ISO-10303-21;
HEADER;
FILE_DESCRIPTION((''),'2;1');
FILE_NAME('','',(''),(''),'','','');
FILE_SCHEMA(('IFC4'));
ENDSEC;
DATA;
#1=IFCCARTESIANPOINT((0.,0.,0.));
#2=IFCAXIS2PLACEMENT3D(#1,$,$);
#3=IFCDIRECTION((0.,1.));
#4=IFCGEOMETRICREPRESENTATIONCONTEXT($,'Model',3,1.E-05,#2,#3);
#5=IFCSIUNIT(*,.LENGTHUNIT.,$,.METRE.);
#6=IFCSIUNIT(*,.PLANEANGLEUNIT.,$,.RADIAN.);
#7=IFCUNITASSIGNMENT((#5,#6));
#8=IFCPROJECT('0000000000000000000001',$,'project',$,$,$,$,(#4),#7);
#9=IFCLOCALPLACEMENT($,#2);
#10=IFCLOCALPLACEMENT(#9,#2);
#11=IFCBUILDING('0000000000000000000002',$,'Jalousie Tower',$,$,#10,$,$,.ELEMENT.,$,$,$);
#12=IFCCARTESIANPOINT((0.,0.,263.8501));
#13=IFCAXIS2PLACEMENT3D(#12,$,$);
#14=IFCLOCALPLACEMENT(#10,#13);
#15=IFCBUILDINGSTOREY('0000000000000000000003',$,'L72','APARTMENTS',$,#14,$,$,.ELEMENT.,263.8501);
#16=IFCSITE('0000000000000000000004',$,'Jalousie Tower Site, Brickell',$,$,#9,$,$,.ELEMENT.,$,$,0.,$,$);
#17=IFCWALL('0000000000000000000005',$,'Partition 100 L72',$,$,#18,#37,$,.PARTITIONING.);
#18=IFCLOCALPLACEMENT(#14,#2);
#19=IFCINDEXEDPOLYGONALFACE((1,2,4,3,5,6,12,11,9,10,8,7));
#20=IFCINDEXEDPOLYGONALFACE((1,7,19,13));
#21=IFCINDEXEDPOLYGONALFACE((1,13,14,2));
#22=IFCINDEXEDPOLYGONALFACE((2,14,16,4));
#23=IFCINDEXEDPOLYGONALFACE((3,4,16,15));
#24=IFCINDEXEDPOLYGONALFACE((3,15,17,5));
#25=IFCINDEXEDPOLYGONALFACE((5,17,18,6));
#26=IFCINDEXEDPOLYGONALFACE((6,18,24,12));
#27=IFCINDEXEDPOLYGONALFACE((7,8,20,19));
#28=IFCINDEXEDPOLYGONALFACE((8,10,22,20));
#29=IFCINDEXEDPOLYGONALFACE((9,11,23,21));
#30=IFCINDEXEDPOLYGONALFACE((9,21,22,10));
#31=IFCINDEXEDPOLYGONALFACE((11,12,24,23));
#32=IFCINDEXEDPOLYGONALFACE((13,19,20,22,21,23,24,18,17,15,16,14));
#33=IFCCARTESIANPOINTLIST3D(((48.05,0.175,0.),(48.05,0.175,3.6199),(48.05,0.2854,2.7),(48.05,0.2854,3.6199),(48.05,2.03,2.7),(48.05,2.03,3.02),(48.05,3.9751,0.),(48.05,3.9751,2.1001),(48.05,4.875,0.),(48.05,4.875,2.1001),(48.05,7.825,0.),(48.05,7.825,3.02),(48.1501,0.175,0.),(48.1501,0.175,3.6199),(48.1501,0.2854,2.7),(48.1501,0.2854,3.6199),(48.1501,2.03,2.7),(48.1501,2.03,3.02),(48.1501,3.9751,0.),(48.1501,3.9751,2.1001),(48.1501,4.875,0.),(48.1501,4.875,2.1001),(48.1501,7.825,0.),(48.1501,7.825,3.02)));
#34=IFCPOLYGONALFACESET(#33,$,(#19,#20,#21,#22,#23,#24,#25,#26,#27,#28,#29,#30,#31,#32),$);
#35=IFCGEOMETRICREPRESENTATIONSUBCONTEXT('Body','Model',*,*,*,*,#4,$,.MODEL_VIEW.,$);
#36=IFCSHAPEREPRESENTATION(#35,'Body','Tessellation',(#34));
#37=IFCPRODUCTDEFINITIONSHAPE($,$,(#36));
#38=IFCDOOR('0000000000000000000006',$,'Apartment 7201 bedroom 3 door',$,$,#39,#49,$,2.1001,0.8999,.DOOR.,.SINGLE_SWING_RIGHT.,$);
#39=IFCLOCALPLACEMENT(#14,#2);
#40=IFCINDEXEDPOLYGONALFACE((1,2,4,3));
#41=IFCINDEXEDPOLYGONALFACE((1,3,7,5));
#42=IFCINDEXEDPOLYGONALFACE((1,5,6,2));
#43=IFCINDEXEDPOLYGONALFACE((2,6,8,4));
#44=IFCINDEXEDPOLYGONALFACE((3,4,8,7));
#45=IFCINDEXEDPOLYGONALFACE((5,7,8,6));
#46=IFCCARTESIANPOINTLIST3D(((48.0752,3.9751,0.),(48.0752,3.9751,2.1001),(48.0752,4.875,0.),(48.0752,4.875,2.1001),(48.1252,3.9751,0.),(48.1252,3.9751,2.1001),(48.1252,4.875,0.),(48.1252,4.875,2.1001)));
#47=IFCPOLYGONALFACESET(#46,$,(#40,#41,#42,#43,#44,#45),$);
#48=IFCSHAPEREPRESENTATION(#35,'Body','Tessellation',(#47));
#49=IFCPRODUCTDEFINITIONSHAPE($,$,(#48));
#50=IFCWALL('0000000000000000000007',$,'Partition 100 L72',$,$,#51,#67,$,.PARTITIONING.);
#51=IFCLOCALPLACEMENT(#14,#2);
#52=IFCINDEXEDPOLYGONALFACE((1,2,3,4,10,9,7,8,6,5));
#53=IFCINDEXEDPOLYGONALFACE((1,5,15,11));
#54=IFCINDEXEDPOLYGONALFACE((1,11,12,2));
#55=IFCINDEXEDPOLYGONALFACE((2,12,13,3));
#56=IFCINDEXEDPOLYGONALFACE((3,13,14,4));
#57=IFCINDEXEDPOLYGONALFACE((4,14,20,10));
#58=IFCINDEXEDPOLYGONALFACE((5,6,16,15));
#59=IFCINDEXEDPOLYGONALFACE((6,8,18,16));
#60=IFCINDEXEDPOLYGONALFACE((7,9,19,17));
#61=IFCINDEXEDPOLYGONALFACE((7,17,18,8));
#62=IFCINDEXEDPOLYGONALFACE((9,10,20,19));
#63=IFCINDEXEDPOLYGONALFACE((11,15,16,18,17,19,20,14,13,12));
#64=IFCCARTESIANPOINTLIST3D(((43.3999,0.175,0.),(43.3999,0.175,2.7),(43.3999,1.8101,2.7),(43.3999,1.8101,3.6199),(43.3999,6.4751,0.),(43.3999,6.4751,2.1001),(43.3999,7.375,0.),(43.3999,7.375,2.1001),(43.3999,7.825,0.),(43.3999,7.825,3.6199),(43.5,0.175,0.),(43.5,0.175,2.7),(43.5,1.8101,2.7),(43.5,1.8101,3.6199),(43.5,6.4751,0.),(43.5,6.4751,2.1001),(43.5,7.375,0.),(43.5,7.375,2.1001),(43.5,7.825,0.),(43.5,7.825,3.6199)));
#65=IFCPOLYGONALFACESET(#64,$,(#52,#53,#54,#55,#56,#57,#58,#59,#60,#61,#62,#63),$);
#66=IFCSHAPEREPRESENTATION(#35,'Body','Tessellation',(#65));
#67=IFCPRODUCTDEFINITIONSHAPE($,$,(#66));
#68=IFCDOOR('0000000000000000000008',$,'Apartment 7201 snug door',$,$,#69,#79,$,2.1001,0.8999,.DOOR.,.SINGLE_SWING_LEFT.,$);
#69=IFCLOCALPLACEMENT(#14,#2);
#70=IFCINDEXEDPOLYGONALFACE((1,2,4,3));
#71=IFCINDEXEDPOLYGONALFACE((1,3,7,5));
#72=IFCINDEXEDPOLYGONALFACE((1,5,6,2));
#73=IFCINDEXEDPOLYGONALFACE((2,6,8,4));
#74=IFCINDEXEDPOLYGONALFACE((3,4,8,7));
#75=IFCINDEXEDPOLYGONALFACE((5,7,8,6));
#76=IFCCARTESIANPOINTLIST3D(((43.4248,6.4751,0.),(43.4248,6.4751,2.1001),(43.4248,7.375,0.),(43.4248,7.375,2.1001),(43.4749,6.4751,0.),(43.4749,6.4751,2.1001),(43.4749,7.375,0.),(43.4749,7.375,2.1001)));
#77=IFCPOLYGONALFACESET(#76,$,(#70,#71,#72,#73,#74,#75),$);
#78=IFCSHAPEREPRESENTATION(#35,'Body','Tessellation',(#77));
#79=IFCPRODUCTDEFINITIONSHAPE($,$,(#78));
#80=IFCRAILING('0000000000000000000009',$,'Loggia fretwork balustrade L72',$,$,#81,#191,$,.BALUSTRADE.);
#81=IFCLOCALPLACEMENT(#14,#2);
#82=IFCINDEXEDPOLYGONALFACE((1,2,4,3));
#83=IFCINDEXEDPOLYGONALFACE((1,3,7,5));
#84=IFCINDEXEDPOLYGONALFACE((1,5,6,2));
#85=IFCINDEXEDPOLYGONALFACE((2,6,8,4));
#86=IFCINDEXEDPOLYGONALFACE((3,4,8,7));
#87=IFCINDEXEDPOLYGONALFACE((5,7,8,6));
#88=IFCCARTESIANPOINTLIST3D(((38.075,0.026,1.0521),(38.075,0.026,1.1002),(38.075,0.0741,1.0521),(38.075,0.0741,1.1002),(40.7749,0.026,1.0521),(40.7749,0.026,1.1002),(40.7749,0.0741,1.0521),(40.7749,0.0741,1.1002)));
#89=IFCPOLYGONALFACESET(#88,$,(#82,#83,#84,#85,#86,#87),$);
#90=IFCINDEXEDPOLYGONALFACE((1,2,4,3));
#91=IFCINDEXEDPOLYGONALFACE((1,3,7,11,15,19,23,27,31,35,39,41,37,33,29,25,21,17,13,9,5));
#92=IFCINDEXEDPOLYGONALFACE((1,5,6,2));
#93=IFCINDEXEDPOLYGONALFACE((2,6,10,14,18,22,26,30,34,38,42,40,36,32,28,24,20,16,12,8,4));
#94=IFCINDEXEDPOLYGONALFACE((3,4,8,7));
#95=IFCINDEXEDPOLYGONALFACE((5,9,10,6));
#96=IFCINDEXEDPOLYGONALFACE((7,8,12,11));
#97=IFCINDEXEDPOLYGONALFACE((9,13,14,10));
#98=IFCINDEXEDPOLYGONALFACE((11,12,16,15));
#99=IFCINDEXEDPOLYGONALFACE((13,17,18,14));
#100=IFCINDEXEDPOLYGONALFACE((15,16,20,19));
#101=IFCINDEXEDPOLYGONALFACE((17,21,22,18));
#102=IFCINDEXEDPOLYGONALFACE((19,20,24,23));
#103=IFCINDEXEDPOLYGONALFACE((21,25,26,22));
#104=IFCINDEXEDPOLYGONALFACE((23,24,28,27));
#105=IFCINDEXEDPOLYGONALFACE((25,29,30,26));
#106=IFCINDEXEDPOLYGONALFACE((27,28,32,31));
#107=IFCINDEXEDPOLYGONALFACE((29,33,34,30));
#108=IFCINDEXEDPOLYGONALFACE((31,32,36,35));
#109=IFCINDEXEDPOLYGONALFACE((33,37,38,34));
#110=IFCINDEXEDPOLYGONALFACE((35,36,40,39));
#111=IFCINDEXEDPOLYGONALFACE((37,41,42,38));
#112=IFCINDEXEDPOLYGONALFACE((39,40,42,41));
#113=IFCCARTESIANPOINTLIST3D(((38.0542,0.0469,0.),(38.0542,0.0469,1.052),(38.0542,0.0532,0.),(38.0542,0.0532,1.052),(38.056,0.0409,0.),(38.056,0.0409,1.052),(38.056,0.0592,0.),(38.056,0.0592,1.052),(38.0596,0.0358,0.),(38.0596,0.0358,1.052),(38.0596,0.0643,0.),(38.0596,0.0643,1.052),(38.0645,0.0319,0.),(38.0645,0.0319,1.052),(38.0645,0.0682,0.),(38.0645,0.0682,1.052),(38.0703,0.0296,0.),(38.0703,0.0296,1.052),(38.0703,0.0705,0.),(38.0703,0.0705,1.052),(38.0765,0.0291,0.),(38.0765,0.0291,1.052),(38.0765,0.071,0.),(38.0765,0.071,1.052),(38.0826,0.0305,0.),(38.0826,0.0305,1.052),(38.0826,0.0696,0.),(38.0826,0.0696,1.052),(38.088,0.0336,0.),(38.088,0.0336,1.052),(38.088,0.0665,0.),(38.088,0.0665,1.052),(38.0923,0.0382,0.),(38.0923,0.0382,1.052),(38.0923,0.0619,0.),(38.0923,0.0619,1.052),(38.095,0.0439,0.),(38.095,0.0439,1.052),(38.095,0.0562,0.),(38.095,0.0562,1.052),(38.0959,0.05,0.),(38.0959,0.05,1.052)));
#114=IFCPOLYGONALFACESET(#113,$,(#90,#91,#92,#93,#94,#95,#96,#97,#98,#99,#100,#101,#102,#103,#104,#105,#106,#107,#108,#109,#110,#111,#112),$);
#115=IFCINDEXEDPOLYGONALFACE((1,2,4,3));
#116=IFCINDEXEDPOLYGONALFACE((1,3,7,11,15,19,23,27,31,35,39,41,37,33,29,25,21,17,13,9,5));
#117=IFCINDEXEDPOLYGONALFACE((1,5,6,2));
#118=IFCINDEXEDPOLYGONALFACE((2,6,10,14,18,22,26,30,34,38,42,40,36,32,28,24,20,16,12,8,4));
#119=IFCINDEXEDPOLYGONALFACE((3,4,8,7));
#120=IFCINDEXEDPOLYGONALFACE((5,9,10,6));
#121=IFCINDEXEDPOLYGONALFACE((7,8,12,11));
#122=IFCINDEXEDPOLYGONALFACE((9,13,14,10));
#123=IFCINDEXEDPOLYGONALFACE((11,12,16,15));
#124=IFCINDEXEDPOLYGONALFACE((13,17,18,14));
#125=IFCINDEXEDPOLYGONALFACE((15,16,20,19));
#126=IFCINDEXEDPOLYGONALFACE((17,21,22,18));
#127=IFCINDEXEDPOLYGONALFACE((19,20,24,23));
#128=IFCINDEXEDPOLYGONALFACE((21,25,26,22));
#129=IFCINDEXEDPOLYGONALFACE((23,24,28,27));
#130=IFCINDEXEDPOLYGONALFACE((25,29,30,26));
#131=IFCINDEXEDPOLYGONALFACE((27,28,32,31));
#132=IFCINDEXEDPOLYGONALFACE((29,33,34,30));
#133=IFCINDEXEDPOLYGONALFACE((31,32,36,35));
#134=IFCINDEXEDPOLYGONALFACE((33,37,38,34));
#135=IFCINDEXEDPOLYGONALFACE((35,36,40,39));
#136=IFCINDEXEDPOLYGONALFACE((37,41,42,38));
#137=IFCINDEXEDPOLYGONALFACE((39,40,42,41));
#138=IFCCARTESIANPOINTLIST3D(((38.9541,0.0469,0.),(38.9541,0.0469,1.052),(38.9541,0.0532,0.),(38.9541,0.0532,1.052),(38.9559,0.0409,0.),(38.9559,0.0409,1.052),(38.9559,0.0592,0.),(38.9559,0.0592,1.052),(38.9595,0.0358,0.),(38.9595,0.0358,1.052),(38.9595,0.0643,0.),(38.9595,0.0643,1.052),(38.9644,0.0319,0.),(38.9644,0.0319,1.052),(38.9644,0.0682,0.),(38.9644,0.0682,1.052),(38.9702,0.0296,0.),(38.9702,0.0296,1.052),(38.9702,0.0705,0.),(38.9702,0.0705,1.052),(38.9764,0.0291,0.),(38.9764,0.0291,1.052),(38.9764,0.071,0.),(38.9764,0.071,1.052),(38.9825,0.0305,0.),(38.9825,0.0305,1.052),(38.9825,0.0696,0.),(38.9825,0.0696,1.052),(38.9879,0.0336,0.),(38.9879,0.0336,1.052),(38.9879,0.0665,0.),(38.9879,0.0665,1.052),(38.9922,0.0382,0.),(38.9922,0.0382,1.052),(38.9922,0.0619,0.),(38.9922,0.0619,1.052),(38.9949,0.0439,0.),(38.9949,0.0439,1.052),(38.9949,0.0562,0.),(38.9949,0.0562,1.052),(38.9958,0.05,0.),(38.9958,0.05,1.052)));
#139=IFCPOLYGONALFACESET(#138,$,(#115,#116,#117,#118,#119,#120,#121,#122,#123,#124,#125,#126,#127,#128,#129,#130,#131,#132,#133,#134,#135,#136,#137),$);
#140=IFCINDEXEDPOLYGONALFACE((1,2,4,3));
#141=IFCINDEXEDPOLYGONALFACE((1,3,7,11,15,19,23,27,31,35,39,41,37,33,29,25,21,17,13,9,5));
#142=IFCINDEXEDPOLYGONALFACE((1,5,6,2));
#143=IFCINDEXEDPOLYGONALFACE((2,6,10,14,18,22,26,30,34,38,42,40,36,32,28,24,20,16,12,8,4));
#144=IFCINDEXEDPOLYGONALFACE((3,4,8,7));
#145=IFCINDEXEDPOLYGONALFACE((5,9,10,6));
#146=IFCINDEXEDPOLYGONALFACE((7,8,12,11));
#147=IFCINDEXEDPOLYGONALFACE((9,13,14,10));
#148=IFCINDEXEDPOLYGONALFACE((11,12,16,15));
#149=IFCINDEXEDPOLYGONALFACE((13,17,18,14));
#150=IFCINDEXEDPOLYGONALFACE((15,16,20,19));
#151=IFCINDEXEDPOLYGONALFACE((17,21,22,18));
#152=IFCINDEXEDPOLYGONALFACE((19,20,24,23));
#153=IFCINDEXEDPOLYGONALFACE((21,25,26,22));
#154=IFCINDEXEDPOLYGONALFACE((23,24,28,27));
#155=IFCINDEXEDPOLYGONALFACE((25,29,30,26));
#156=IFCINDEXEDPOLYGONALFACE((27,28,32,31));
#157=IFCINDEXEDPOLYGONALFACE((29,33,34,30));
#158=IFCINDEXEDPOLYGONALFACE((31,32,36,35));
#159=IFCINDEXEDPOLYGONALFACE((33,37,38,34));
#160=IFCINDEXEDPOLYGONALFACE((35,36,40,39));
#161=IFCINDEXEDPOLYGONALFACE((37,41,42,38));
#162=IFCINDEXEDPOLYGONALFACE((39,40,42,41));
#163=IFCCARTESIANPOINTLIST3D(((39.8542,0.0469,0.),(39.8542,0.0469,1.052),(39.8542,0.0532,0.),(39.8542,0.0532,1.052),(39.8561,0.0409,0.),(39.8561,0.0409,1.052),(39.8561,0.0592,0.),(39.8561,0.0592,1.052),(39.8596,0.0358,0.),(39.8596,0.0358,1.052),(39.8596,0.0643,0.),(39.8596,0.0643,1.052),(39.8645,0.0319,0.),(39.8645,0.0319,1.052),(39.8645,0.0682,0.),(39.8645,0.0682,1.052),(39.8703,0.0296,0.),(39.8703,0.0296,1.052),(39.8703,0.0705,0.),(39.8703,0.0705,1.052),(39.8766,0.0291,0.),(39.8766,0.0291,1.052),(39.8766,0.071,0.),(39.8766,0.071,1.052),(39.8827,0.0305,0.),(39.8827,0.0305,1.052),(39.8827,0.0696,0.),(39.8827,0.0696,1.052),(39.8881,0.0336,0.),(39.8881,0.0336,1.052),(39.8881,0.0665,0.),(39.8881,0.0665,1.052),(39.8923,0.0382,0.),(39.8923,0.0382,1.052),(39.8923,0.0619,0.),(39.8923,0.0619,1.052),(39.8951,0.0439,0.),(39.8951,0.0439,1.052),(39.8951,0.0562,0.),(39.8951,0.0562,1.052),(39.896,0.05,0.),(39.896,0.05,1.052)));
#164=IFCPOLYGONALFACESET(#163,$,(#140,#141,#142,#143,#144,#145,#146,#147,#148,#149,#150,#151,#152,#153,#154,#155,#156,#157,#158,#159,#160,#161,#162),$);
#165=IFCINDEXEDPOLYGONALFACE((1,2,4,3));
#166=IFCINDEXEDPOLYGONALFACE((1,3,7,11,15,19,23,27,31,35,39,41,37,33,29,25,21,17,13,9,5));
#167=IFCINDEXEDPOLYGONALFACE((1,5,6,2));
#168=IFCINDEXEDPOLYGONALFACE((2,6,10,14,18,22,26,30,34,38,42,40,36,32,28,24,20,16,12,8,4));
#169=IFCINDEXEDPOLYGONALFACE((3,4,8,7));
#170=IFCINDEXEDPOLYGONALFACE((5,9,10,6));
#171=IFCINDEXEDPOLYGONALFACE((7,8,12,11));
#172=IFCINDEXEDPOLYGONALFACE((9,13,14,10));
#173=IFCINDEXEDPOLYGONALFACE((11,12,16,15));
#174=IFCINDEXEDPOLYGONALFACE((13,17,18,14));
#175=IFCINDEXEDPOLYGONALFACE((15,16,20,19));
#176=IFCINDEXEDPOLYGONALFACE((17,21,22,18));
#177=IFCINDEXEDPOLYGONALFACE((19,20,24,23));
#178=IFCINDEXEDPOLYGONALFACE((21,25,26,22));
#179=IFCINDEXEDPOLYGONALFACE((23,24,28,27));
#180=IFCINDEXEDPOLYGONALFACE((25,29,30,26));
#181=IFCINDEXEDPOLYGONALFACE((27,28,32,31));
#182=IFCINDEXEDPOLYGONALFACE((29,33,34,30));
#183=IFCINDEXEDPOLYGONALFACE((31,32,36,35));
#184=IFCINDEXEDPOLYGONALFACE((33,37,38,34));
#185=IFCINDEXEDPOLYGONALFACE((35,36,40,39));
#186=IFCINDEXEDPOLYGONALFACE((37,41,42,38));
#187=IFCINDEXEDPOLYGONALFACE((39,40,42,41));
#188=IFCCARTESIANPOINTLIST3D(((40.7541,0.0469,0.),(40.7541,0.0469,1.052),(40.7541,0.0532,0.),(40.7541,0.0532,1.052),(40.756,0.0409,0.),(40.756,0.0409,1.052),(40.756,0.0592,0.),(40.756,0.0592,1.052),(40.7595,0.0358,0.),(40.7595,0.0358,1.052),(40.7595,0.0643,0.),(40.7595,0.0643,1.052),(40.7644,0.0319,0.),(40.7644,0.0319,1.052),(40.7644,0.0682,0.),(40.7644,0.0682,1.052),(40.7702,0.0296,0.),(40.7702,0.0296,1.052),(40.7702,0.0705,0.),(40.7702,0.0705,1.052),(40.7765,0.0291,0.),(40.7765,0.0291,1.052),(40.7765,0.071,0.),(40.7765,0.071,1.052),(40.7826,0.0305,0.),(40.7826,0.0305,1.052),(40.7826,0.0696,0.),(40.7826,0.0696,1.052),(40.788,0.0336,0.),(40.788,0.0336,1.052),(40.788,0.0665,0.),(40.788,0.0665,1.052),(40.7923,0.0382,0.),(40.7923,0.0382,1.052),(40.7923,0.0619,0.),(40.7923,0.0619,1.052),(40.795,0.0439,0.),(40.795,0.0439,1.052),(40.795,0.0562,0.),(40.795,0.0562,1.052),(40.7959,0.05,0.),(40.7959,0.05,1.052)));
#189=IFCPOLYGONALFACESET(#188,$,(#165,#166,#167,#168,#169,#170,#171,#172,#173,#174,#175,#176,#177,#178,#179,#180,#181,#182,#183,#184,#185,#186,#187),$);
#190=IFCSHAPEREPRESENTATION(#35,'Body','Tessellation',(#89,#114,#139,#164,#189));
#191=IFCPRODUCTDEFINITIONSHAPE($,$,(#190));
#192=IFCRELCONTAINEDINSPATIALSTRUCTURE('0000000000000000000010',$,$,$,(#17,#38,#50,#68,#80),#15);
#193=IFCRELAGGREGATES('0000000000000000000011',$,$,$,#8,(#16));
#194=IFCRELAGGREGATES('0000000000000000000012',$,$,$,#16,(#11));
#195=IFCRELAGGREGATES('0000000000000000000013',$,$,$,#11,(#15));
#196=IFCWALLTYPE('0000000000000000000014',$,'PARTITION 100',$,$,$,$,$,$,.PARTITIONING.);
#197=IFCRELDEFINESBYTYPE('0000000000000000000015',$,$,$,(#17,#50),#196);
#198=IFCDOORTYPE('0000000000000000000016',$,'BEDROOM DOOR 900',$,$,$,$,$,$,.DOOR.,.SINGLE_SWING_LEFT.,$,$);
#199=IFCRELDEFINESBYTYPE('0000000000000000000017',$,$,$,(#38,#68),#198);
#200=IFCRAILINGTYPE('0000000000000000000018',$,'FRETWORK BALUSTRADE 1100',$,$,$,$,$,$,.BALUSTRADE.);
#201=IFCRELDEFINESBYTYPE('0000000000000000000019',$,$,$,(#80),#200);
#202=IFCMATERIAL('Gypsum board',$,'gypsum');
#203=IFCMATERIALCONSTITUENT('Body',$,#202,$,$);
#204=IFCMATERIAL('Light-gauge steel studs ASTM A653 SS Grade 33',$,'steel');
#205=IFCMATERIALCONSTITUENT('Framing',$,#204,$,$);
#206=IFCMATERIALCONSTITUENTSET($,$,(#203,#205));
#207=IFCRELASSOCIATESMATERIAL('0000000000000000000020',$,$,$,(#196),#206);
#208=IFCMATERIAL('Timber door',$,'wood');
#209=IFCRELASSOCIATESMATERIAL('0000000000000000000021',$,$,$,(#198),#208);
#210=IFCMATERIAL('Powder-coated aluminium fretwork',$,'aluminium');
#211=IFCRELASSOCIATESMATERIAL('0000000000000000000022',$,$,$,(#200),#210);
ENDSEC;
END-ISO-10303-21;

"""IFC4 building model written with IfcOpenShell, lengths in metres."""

from ifc_helpers import new_model, si_unit, direction, frame, frame_2d, origin, origin_2d, place, context, subcontext, project, spatial, polyline, rectangle, circle, outline, extrude, material, constituent, constituent_set, type_object, element, fill, save


model = new_model("IFC4")

# Units and contexts
model_context = context("Model", 3, precision=1e-05, world=origin(), true_north=direction((0.0, 1.0)))
body_context = subcontext(model_context, "Body", "Model", "MODEL_VIEW")
ifc_project = project(units=[si_unit("LENGTHUNIT", "METRE"), si_unit("PLANEANGLEUNIT", "RADIAN")], contexts=[model_context])

# Site, building, storey
site_placement = place(None, origin())
site = spatial("IfcSite", under=ifc_project, at=site_placement, Name="Jalousie Tower Site, Brickell", CompositionType="ELEMENT", RefElevation=0.0)
building_placement = place(site_placement, origin())
building = spatial("IfcBuilding", under=site, at=building_placement, Name="Jalousie Tower", CompositionType="ELEMENT")
storey_placement = place(building_placement, frame((0.0, 0.0, 263.8501)))
storey = spatial("IfcBuildingStorey", under=building, at=storey_placement, Name="L72", Description="APARTMENTS", CompositionType="ELEMENT", Elevation=263.8501)

# Walls, openings, doors
ifc_material_1 = material(Name="Gypsum board", Category="gypsum")
ifc_constituent_1 = constituent(ifc_material_1, Name="Body")
ifc_material_2 = material(Name="Light-gauge steel studs ASTM A653 SS Grade 33", Category="steel")
ifc_constituent_2 = constituent(ifc_material_2, Name="Framing")
ifc_constituent_set_1 = constituent_set(constituents=[ifc_constituent_1, ifc_constituent_2])
wall_type_1 = type_object("IfcWallType", Name="PARTITION 100", PredefinedType="PARTITIONING", material=ifc_constituent_set_1)
wall_1_placement = place(storey_placement, frame((48.1001, 0.175, 0.0), z_axis=(0.0, 0.0, 1.0), x_axis=(0.0, 1.0, 0.0)))
wall_1 = element("IfcWall", 1, at=wall_1_placement, inside=storey, type_object=wall_type_1, Name="Partition 100 L72", PredefinedType="PARTITIONING", context=body_context, shape_type="SweptSolid", body=[
    extrude(outline(polyline([(0.0, 0.0), (7.6499, 0.0), (7.6499, 3.6199), (7.6499, 3.02), (1.855, 3.02), (1.855, 2.7), (0.1104, 2.7), (0.1104, 3.6199), (0.0, 3.6199), (0.0, 0.0)])), frame((0.0, 0.05, 0.0), z_axis=(0.0, -1.0, 0.0), x_axis=(1.0, 0.0, 0.0)), (0.0, 0.0, 1.0), 0.1001),
])
opening_1_placement = place(wall_1_placement, frame((3.8, 0.0, 0.0)))
opening_1 = element("IfcOpeningElement", 2, at=opening_1_placement, cuts=wall_1, PredefinedType="OPENING", context=body_context, shape_type="SweptSolid", body=[
    extrude(rectangle(XDim=0.8999, YDim=2.1001, at=frame_2d((0.45, 1.05))), frame((0.0, 0.0601, 0.0), z_axis=(0.0, -1.0, 0.0), x_axis=(1.0, 0.0, 0.0)), (0.0, 0.0, 1.0), 0.1201),
])
ifc_material_3 = material(Name="Timber door", Category="wood")
door_type = type_object("IfcDoorType", Name="BEDROOM DOOR 900", OperationType="SINGLE_SWING_LEFT", PredefinedType="DOOR", material=ifc_material_3)
door_1_placement = place(opening_1_placement, origin())
door_1 = element("IfcDoor", 3, at=door_1_placement, inside=storey, type_object=door_type, Name="Apartment 7201 bedroom 3 door", OperationType="SINGLE_SWING_RIGHT", OverallHeight=2.1001, OverallWidth=0.8999, PredefinedType="DOOR", context=body_context, shape_type="SweptSolid", body=[
    extrude(rectangle(XDim=0.8999, YDim=2.1001, at=frame_2d((0.45, 1.05))), frame((0.0, 0.0249, 0.0), z_axis=(0.0, -1.0, 0.0), x_axis=(1.0, 0.0, 0.0)), (0.0, 0.0, 1.0), 0.05),
])
fill(opening_1, door_1)
wall_2_placement = place(storey_placement, frame((43.45, 0.175, 0.0), z_axis=(0.0, 0.0, 1.0), x_axis=(0.0, 1.0, 0.0)))
wall_2 = element("IfcWall", 4, at=wall_2_placement, inside=storey, type_object=wall_type_1, Name="Partition 100 L72", PredefinedType="PARTITIONING", context=body_context, shape_type="SweptSolid", body=[
    extrude(outline(polyline([(0.0, 0.0), (7.6499, 0.0), (7.6499, 3.6199), (1.635, 3.6199), (1.635, 2.7), (0.0, 2.7), (0.0, 3.6199), (0.0, 0.0)])), frame((0.0, 0.05, 0.0), z_axis=(0.0, -1.0, 0.0), x_axis=(1.0, 0.0, 0.0)), (0.0, 0.0, 1.0), 0.1001),
])
opening_2_placement = place(wall_2_placement, frame((6.3, 0.0, 0.0)))
opening_2 = element("IfcOpeningElement", 5, at=opening_2_placement, cuts=wall_2, PredefinedType="OPENING", context=body_context, shape_type="SweptSolid", body=[
    extrude(rectangle(XDim=0.8999, YDim=2.1001, at=frame_2d((0.45, 1.05))), frame((0.0, 0.0601, 0.0), z_axis=(0.0, -1.0, 0.0), x_axis=(1.0, 0.0, 0.0)), (0.0, 0.0, 1.0), 0.1201),
])
door_2_placement = place(opening_2_placement, frame((0.8999, 0.0, 0.0), z_axis=(0.0, 0.0, 1.0), x_axis=(-1.0, 0.0, 0.0)))
door_2 = element("IfcDoor", 6, at=door_2_placement, inside=storey, type_object=door_type, Name="Apartment 7201 snug door", OperationType="SINGLE_SWING_LEFT", OverallHeight=2.1001, OverallWidth=0.8999, PredefinedType="DOOR", context=body_context, shape_type="SweptSolid", body=[
    extrude(rectangle(XDim=0.8999, YDim=2.1001, at=frame_2d((0.45, 1.05))), frame((0.0, 0.0249, 0.0), z_axis=(0.0, -1.0, 0.0), x_axis=(1.0, 0.0, 0.0)), (0.0, 0.0, 1.0), 0.05),
])
fill(opening_2, door_2)

# Railing
ifc_material_4 = material(Name="Powder-coated aluminium fretwork", Category="aluminium")
railing_type = type_object("IfcRailingType", Name="FRETWORK BALUSTRADE 1100", PredefinedType="BALUSTRADE", material=ifc_material_4)
railing_placement = place(storey_placement, frame((38.075, 0.05, 0.0)))
element("IfcRailing", 7, at=railing_placement, inside=storey, type_object=railing_type, Name="Loggia fretwork balustrade L72", PredefinedType="BALUSTRADE", context=body_context, shape_type="SweptSolid", body=[
    extrude(rectangle(XDim=0.0481, YDim=0.0481, at=origin_2d()), frame((0.0, 0.0, 1.0762), z_axis=(1.0, 0.0, 0.0), x_axis=(0.0, 1.0, 0.0)), (0.0, 0.0, 1.0), 2.7),
    extrude(circle(Radius=0.021, at=origin_2d()), origin(), (0.0, 0.0, 1.0), 1.052),
    extrude(circle(Radius=0.021, at=origin_2d()), frame((0.8999, 0.0, 0.0)), (0.0, 0.0, 1.0), 1.052),
    extrude(circle(Radius=0.021, at=origin_2d()), frame((1.8, 0.0, 0.0)), (0.0, 0.0, 1.0), 1.052),
    extrude(circle(Radius=0.021, at=origin_2d()), frame((2.7, 0.0, 0.0)), (0.0, 0.0, 1.0), 1.052),
])

save(model, "model.ifc")
